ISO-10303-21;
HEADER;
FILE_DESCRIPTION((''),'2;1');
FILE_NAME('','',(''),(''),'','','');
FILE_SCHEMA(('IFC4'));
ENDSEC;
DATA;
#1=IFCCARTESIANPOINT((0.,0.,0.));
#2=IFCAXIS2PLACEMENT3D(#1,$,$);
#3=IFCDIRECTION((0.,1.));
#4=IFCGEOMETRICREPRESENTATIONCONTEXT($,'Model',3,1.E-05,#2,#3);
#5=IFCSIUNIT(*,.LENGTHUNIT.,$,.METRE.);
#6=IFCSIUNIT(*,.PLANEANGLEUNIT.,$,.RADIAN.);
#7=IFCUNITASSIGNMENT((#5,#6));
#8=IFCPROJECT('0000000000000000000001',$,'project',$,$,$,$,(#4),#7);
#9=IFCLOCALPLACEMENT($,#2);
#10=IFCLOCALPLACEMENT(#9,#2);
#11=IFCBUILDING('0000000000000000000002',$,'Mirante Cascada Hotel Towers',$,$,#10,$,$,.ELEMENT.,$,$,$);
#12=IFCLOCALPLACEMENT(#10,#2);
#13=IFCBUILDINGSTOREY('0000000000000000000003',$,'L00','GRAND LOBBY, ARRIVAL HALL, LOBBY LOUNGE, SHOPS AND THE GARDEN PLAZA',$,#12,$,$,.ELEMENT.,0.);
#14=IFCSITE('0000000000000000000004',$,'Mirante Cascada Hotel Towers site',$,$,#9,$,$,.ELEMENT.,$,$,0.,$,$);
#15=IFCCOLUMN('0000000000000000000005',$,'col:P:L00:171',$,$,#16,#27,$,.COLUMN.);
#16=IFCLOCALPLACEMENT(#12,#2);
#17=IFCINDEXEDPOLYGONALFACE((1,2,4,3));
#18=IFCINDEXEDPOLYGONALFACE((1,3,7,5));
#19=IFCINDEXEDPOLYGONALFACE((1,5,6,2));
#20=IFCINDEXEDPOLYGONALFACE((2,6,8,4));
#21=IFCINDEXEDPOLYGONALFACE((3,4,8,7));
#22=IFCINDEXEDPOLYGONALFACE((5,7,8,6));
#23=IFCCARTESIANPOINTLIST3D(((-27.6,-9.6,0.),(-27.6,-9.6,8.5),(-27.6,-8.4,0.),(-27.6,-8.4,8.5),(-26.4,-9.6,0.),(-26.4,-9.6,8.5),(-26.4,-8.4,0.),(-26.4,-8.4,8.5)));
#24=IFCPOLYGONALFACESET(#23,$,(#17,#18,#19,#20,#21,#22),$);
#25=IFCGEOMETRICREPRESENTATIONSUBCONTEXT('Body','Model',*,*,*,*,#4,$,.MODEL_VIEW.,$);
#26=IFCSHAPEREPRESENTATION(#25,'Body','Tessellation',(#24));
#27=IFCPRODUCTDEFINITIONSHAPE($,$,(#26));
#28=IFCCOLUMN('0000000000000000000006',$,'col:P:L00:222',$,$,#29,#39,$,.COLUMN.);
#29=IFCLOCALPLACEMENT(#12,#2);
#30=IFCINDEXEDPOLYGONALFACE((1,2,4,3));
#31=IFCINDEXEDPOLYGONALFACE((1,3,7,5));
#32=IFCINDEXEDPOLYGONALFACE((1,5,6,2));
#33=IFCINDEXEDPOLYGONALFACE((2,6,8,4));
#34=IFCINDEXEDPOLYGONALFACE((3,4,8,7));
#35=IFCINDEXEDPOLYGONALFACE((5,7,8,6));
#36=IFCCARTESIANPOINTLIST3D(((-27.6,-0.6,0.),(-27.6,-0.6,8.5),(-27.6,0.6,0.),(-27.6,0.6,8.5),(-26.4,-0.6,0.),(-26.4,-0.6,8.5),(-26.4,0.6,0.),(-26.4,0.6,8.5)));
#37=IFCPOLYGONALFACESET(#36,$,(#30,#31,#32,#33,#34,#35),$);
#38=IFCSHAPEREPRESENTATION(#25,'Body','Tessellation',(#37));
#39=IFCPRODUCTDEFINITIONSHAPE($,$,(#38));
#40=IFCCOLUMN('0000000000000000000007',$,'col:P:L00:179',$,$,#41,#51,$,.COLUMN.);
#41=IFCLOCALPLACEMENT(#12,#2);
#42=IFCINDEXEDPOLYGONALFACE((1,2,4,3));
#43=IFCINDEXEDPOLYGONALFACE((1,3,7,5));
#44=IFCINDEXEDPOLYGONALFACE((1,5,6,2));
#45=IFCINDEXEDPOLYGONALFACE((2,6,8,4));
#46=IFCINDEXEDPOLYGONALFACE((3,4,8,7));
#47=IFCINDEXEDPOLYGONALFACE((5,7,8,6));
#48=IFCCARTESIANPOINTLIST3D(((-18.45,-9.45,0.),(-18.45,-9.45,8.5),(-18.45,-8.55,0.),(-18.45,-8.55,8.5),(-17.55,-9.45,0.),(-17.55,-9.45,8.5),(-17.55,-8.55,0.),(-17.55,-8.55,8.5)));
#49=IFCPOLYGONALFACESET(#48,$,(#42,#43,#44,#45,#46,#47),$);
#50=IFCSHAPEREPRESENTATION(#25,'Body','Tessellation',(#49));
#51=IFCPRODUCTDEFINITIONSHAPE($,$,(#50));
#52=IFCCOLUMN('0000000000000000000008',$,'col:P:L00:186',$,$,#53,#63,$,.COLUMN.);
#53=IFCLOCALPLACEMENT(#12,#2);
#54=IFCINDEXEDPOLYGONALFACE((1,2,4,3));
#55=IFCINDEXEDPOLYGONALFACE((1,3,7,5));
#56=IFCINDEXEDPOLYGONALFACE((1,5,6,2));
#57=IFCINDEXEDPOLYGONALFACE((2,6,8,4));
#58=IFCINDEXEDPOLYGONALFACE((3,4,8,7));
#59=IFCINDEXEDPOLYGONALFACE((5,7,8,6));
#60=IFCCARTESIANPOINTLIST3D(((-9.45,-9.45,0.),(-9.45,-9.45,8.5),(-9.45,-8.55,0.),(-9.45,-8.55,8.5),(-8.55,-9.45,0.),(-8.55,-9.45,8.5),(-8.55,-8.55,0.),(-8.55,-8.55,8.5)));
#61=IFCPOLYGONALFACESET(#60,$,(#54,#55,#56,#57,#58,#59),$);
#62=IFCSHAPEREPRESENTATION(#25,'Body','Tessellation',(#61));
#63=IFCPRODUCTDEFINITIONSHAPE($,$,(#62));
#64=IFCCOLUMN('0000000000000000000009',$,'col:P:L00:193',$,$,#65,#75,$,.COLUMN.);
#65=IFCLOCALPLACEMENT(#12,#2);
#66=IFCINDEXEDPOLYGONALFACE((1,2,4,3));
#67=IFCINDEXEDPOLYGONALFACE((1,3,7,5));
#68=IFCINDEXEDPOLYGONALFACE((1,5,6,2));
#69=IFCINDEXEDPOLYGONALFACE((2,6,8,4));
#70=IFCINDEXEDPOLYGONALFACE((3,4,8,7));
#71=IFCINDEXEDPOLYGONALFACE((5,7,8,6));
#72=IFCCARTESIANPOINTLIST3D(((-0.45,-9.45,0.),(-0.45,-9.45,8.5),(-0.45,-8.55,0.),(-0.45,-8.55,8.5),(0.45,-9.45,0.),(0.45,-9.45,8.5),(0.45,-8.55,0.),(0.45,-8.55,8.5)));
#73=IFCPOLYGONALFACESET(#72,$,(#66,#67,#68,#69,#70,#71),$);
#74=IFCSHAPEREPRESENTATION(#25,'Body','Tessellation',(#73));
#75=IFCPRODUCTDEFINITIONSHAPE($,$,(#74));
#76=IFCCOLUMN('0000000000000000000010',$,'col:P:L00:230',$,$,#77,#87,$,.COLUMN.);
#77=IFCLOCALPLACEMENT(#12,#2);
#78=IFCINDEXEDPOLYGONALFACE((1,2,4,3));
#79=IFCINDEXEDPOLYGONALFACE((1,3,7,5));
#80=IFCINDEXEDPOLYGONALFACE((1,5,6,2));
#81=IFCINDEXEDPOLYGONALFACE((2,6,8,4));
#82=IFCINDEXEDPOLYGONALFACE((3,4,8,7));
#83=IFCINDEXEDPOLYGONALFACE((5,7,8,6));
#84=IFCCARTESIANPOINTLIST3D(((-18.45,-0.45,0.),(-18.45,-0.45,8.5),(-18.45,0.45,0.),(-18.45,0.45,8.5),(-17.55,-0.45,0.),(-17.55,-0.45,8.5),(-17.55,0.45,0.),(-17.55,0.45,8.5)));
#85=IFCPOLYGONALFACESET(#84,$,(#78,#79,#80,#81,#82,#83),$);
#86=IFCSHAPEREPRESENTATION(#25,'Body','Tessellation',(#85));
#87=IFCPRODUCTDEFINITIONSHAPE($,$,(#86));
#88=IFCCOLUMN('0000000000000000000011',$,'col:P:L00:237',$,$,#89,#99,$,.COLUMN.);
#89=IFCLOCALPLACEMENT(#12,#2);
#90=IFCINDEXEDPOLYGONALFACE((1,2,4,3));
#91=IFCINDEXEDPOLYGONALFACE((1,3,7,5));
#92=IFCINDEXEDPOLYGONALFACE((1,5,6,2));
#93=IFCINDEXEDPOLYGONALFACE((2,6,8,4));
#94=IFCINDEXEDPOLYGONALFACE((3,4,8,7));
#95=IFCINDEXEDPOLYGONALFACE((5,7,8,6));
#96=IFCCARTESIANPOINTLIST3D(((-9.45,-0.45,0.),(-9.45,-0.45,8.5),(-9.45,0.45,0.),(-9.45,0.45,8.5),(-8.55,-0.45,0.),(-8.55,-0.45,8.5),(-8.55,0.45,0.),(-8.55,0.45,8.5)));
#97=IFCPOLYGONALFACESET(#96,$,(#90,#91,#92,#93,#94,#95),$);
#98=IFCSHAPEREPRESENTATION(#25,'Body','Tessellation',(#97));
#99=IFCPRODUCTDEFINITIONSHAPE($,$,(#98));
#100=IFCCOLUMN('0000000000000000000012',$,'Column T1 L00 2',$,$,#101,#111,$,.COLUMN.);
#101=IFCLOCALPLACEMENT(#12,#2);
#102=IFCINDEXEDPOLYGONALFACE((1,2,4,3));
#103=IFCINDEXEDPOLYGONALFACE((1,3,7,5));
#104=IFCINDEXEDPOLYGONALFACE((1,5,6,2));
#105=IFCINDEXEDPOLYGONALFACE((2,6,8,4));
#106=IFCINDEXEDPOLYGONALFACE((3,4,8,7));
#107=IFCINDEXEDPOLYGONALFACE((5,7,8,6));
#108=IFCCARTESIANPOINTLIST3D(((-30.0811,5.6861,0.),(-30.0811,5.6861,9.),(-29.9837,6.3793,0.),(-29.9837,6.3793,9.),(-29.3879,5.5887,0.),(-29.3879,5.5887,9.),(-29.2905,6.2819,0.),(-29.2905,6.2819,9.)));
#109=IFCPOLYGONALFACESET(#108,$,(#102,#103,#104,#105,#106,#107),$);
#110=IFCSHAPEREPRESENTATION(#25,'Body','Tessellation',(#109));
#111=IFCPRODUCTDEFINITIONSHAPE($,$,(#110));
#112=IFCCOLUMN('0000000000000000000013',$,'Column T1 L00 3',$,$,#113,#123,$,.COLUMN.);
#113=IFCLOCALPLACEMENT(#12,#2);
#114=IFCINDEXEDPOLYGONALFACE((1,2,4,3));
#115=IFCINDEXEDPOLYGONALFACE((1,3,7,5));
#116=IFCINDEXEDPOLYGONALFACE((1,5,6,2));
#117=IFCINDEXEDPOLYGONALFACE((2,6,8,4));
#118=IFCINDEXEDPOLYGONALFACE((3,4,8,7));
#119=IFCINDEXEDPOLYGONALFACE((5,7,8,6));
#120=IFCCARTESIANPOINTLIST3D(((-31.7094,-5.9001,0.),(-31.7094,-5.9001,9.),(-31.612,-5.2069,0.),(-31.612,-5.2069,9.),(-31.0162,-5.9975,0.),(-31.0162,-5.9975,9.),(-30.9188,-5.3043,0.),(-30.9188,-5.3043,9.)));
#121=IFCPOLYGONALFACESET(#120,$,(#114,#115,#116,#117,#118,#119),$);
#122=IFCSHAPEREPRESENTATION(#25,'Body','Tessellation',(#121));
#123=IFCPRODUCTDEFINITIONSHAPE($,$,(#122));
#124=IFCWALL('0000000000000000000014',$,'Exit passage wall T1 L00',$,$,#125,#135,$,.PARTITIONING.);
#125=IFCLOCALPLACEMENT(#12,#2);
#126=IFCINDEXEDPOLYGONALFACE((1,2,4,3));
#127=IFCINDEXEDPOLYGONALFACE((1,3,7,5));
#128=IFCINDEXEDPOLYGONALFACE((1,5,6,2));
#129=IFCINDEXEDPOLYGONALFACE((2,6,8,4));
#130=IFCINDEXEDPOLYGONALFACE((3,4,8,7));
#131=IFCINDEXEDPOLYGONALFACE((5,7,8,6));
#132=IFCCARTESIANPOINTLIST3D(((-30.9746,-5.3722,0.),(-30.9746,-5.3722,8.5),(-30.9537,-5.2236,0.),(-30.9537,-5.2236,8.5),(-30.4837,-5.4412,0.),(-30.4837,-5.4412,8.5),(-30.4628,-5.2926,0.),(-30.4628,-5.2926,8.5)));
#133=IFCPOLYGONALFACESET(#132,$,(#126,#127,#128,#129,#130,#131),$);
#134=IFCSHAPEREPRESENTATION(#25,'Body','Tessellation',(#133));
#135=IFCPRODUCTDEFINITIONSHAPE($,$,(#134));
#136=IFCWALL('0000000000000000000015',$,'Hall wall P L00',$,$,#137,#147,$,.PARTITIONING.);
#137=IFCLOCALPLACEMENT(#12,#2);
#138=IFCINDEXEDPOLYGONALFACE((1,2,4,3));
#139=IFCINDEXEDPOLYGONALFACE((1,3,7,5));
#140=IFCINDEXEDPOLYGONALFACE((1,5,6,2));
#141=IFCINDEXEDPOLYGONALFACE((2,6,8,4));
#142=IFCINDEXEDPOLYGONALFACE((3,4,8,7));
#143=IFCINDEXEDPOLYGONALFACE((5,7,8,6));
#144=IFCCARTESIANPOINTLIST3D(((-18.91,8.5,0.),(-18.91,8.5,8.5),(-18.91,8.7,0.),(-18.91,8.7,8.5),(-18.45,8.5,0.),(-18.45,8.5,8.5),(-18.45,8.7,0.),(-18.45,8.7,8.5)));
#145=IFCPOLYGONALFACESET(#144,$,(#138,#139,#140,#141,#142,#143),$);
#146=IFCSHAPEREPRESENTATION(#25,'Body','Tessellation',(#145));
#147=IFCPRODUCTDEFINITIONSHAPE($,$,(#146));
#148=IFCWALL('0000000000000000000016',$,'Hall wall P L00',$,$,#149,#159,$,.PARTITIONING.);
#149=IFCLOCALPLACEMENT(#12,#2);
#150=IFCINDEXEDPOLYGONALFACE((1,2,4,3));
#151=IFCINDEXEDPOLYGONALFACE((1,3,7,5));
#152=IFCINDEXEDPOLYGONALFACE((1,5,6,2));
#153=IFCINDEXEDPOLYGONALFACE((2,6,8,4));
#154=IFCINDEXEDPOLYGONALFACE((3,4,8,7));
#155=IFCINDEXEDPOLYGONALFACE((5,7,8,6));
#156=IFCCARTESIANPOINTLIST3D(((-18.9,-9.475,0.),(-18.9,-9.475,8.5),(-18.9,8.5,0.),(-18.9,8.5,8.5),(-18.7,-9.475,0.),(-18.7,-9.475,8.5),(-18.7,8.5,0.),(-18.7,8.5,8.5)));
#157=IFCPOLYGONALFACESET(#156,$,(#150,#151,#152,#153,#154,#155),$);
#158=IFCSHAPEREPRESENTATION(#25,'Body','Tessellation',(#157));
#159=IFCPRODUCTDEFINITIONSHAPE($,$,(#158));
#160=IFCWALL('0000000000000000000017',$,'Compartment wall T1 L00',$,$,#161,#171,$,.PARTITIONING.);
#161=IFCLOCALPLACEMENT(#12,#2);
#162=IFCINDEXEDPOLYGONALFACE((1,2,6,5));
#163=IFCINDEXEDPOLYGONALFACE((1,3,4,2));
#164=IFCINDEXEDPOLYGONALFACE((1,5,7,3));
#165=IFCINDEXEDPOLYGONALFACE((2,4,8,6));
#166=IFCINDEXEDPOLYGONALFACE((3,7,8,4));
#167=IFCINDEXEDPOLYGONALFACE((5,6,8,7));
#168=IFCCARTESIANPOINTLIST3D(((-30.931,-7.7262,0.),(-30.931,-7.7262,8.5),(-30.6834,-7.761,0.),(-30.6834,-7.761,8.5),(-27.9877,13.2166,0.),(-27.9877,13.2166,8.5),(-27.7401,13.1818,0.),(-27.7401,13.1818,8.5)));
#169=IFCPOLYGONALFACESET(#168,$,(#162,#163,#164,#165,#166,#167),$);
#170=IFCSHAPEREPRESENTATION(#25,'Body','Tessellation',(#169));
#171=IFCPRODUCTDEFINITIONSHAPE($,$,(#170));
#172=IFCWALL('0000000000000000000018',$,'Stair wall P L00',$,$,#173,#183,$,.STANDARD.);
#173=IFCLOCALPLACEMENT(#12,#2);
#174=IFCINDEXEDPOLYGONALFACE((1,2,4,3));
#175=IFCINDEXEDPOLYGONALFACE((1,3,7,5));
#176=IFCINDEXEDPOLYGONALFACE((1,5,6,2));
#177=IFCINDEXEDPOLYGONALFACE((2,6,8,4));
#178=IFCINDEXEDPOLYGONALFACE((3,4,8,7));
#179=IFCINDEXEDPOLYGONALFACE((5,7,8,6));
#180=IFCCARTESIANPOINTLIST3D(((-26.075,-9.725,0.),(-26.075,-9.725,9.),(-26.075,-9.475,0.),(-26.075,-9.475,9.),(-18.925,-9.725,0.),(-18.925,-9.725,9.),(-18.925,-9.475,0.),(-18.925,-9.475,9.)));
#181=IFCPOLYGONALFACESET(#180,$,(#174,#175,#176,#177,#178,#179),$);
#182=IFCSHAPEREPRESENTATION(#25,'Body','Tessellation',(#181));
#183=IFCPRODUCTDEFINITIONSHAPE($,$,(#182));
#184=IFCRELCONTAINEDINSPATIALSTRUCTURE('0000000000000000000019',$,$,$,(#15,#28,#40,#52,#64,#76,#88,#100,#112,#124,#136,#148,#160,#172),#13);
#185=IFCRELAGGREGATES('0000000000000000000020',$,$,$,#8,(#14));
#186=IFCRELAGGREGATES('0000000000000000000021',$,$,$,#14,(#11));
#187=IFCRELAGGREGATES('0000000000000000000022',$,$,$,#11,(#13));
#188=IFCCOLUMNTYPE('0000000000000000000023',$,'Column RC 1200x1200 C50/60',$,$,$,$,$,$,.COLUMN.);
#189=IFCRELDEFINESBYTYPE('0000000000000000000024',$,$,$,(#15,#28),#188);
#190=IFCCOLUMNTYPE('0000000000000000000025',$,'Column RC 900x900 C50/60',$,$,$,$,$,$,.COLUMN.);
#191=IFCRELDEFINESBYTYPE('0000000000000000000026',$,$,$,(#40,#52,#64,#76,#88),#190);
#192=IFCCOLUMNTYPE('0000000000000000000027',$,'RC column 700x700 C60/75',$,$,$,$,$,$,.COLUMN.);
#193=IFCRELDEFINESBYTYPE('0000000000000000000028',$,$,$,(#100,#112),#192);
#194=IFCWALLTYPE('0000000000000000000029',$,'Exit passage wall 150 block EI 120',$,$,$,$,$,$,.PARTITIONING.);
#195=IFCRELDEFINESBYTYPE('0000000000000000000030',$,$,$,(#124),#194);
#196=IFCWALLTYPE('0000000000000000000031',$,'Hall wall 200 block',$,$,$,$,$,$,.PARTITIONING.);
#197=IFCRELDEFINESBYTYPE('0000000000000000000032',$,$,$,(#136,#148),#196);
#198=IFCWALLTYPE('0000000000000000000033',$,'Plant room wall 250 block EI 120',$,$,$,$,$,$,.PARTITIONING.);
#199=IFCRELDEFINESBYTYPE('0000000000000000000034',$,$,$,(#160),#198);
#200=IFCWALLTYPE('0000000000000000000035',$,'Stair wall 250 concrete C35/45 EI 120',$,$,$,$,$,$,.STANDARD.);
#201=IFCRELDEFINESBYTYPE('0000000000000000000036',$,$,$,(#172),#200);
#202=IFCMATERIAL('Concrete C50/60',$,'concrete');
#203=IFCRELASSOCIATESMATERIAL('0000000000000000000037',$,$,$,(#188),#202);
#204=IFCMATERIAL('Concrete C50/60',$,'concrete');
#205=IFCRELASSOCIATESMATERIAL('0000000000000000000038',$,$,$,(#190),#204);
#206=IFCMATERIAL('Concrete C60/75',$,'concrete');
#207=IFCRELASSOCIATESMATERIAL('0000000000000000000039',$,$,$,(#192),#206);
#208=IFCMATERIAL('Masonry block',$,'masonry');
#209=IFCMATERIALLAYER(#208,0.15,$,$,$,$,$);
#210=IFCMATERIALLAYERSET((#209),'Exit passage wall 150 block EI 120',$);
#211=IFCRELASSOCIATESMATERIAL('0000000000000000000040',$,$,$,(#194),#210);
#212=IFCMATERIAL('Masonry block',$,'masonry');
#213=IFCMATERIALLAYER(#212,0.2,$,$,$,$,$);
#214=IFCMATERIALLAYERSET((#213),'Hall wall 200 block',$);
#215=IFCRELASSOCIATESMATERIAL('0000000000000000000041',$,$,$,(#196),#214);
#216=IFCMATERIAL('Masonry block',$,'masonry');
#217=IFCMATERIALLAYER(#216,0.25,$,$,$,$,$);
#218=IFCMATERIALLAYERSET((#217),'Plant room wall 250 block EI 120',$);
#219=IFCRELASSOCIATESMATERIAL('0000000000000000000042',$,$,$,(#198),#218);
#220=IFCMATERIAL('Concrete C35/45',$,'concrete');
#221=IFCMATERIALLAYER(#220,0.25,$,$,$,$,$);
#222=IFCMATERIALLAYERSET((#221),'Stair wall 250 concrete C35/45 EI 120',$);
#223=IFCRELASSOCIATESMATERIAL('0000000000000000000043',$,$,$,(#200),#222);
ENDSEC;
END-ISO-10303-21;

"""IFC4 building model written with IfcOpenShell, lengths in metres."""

from ifc_helpers import new_model, si_unit, direction, frame, frame_2d, origin, origin_2d, place, context, subcontext, project, spatial, rectangle, extrude, material, layer, layer_set, material_profile, profile_set, type_object, element, save


model = new_model("IFC4")

# Units and contexts
model_context = context("Model", 3, precision=1e-05, world=origin(), true_north=direction((0.0, 1.0)))
body_context = subcontext(model_context, "Body", "Model", "MODEL_VIEW")
ifc_project = project(units=[si_unit("LENGTHUNIT", "METRE"), si_unit("PLANEANGLEUNIT", "RADIAN")], contexts=[model_context])

# Site, building, storey
site_placement = place(None, origin())
site = spatial("IfcSite", under=ifc_project, at=site_placement, Name="Mirante Cascada Hotel Towers site", CompositionType="ELEMENT", RefElevation=0.0)
building_placement = place(site_placement, origin())
building = spatial("IfcBuilding", under=site, at=building_placement, Name="Mirante Cascada Hotel Towers", CompositionType="ELEMENT")
storey_placement = place(building_placement, origin())
storey = spatial("IfcBuildingStorey", under=building, at=storey_placement, Name="L00", Description="GRAND LOBBY, ARRIVAL HALL, LOBBY LOUNGE, SHOPS AND THE GARDEN PLAZA", CompositionType="ELEMENT", Elevation=0.0)

# Columns
ifc_material_1 = material(Name="Concrete C50/60", Category="concrete")
ifc_material_profile_1 = material_profile(ifc_material_1, rectangle(XDim=1.2, YDim=1.2, at=origin_2d()), Name="RC 1200x1200")
ifc_profile_set_1 = profile_set([ifc_material_profile_1], Name="Concrete C50/60")
column_type_1 = type_object("IfcColumnType", Name="Column RC 1200x1200 C50/60", PredefinedType="COLUMN", material=ifc_profile_set_1)
for number, where, z_axis, x_axis, name in (
    (1, (-27.0, -9.0, 0.0), (0.0, 0.0, 1.0), (1.0, 0.0, 0.0), "col:P:L00:171"),
    (2, (-27.0, 0.0, 0.0), (0.0, 0.0, 1.0), (1.0, 0.0, 0.0), "col:P:L00:222"),
):
    element("IfcColumn", number, at=place(storey_placement, frame(where, z_axis=z_axis, x_axis=x_axis)), inside=storey, type_object=column_type_1, Name=name, PredefinedType="COLUMN", context=body_context, shape_type="SweptSolid", body=[
        extrude(rectangle(XDim=1.2, YDim=1.2, at=origin_2d()), origin(), (0.0, 0.0, 1.0), 8.5),
    ])
ifc_material_2 = material(Name="Concrete C50/60", Category="concrete")
ifc_material_profile_2 = material_profile(ifc_material_2, rectangle(XDim=0.9, YDim=0.9, at=origin_2d()), Name="RC 900x900")
ifc_profile_set_2 = profile_set([ifc_material_profile_2], Name="Concrete C50/60")
column_type_2 = type_object("IfcColumnType", Name="Column RC 900x900 C50/60", PredefinedType="COLUMN", material=ifc_profile_set_2)
for number, where, z_axis, x_axis, name in (
    (3, (-18.0, -9.0, 0.0), (0.0, 0.0, 1.0), (1.0, 0.0, 0.0), "col:P:L00:179"),
    (4, (-9.0, -9.0, 0.0), (0.0, 0.0, 1.0), (1.0, 0.0, 0.0), "col:P:L00:186"),
    (5, (0.0, -9.0, 0.0), (0.0, 0.0, 1.0), (1.0, 0.0, 0.0), "col:P:L00:193"),
    (6, (-18.0, 0.0, 0.0), (0.0, 0.0, 1.0), (1.0, 0.0, 0.0), "col:P:L00:230"),
    (7, (-9.0, 0.0, 0.0), (0.0, 0.0, 1.0), (1.0, 0.0, 0.0), "col:P:L00:237"),
):
    element("IfcColumn", number, at=place(storey_placement, frame(where, z_axis=z_axis, x_axis=x_axis)), inside=storey, type_object=column_type_2, Name=name, PredefinedType="COLUMN", context=body_context, shape_type="SweptSolid", body=[
        extrude(rectangle(XDim=0.9, YDim=0.9, at=origin_2d()), origin(), (0.0, 0.0, 1.0), 8.5),
    ])
ifc_material_3 = material(Name="Concrete C60/75", Category="concrete")
ifc_material_profile_3 = material_profile(ifc_material_3, rectangle(XDim=0.7, YDim=0.7, at=origin_2d()), Name="RC column 700x700 C60/75")
ifc_profile_set_3 = profile_set([ifc_material_profile_3], Name="Concrete C60/75")
column_type_3 = type_object("IfcColumnType", Name="RC column 700x700 C60/75", PredefinedType="COLUMN", material=ifc_profile_set_3)
for number, where, z_axis, x_axis, name in (
    (8, (-29.6858, 5.984, 0.0), (0.0, 0.0, 1.0), (-0.990268, 0.139173, 0.0), "Column T1 L00 2"),
    (9, (-31.3141, -5.6022, 0.0), (0.0, 0.0, 1.0), (-0.990268, 0.139173, 0.0), "Column T1 L00 3"),
):
    element("IfcColumn", number, at=place(storey_placement, frame(where, z_axis=z_axis, x_axis=x_axis)), inside=storey, type_object=column_type_3, Name=name, PredefinedType="COLUMN", context=body_context, shape_type="SweptSolid", body=[
        extrude(rectangle(XDim=0.7, YDim=0.7, at=origin_2d()), origin(), (0.0, 0.0, 1.0), 9.0),
    ])

# Walls
ifc_material_4 = material(Name="Masonry block", Category="masonry")
ifc_layer_1 = layer(ifc_material_4, 0.15)
ifc_layer_set_1 = layer_set([ifc_layer_1], Name="Exit passage wall 150 block EI 120")
wall_type_1 = type_object("IfcWallType", Name="Exit passage wall 150 block EI 120", PredefinedType="PARTITIONING", material=ifc_layer_set_1)
wall_1_placement = place(storey_placement, frame((-30.9641, -5.2979, 0.0), z_axis=(0.0, 0.0, 1.0), x_axis=(0.990266, -0.13919, 0.0)))
element("IfcWall", 10, at=wall_1_placement, inside=storey, type_object=wall_type_1, Name="Exit passage wall T1 L00", PredefinedType="PARTITIONING", context=body_context, shape_type="SweptSolid", body=[
    extrude(rectangle(XDim=0.4957, YDim=0.15, at=frame_2d((0.2478, 0.0))), origin(), (0.0, 0.0, 1.0), 8.5),
])
ifc_material_5 = material(Name="Masonry block", Category="masonry")
ifc_layer_2 = layer(ifc_material_5, 0.2)
ifc_layer_set_2 = layer_set([ifc_layer_2], Name="Hall wall 200 block")
wall_type_2 = type_object("IfcWallType", Name="Hall wall 200 block", PredefinedType="PARTITIONING", material=ifc_layer_set_2)
wall_2_placement = place(storey_placement, frame((-18.91, 8.6, 0.0), z_axis=(0.0, 0.0, 1.0), x_axis=(1.0, 0.0, 0.0)))
element("IfcWall", 11, at=wall_2_placement, inside=storey, type_object=wall_type_2, Name="Hall wall P L00", PredefinedType="PARTITIONING", context=body_context, shape_type="SweptSolid", body=[
    extrude(rectangle(XDim=0.46, YDim=0.2, at=frame_2d((0.23, 0.0))), origin(), (0.0, 0.0, 1.0), 8.5),
])
wall_3_placement = place(storey_placement, frame((-18.8, -9.475, 0.0), z_axis=(0.0, 0.0, 1.0), x_axis=(0.0, 1.0, 0.0)))
element("IfcWall", 12, at=wall_3_placement, inside=storey, type_object=wall_type_2, Name="Hall wall P L00", PredefinedType="PARTITIONING", context=body_context, shape_type="SweptSolid", body=[
    extrude(rectangle(XDim=17.975, YDim=0.2, at=frame_2d((8.9875, 0.0))), origin(), (0.0, 0.0, 1.0), 8.5),
])
ifc_material_6 = material(Name="Masonry block", Category="masonry")
ifc_layer_3 = layer(ifc_material_6, 0.25)
ifc_layer_set_3 = layer_set([ifc_layer_3], Name="Plant room wall 250 block EI 120")
wall_type_3 = type_object("IfcWallType", Name="Plant room wall 250 block EI 120", PredefinedType="PARTITIONING", material=ifc_layer_set_3)
wall_4_placement = place(storey_placement, frame((-30.8072, -7.7436, 0.0), z_axis=(0.0, 0.0, 1.0), x_axis=(0.139172, 0.990268, 0.0)))
element("IfcWall", 13, at=wall_4_placement, inside=storey, type_object=wall_type_3, Name="Compartment wall T1 L00", PredefinedType="PARTITIONING", context=body_context, shape_type="SweptSolid", body=[
    extrude(rectangle(XDim=21.1486, YDim=0.25, at=frame_2d((10.5743, 0.0))), origin(), (0.0, 0.0, 1.0), 8.5),
])
ifc_material_7 = material(Name="Concrete C35/45", Category="concrete")
ifc_layer_4 = layer(ifc_material_7, 0.25)
ifc_layer_set_4 = layer_set([ifc_layer_4], Name="Stair wall 250 concrete C35/45 EI 120")
wall_type_4 = type_object("IfcWallType", Name="Stair wall 250 concrete C35/45 EI 120", PredefinedType="STANDARD", material=ifc_layer_set_4)
wall_5_placement = place(storey_placement, frame((-26.075, -9.6, 0.0), z_axis=(0.0, 0.0, 1.0), x_axis=(1.0, 0.0, 0.0)))
element("IfcWall", 14, at=wall_5_placement, inside=storey, type_object=wall_type_4, Name="Stair wall P L00", PredefinedType="STANDARD", context=body_context, shape_type="SweptSolid", body=[
    extrude(rectangle(XDim=7.15, YDim=0.25, at=frame_2d((3.575, 0.0))), origin(), (0.0, 0.0, 1.0), 9.0),
])

save(model, "model.ifc")
